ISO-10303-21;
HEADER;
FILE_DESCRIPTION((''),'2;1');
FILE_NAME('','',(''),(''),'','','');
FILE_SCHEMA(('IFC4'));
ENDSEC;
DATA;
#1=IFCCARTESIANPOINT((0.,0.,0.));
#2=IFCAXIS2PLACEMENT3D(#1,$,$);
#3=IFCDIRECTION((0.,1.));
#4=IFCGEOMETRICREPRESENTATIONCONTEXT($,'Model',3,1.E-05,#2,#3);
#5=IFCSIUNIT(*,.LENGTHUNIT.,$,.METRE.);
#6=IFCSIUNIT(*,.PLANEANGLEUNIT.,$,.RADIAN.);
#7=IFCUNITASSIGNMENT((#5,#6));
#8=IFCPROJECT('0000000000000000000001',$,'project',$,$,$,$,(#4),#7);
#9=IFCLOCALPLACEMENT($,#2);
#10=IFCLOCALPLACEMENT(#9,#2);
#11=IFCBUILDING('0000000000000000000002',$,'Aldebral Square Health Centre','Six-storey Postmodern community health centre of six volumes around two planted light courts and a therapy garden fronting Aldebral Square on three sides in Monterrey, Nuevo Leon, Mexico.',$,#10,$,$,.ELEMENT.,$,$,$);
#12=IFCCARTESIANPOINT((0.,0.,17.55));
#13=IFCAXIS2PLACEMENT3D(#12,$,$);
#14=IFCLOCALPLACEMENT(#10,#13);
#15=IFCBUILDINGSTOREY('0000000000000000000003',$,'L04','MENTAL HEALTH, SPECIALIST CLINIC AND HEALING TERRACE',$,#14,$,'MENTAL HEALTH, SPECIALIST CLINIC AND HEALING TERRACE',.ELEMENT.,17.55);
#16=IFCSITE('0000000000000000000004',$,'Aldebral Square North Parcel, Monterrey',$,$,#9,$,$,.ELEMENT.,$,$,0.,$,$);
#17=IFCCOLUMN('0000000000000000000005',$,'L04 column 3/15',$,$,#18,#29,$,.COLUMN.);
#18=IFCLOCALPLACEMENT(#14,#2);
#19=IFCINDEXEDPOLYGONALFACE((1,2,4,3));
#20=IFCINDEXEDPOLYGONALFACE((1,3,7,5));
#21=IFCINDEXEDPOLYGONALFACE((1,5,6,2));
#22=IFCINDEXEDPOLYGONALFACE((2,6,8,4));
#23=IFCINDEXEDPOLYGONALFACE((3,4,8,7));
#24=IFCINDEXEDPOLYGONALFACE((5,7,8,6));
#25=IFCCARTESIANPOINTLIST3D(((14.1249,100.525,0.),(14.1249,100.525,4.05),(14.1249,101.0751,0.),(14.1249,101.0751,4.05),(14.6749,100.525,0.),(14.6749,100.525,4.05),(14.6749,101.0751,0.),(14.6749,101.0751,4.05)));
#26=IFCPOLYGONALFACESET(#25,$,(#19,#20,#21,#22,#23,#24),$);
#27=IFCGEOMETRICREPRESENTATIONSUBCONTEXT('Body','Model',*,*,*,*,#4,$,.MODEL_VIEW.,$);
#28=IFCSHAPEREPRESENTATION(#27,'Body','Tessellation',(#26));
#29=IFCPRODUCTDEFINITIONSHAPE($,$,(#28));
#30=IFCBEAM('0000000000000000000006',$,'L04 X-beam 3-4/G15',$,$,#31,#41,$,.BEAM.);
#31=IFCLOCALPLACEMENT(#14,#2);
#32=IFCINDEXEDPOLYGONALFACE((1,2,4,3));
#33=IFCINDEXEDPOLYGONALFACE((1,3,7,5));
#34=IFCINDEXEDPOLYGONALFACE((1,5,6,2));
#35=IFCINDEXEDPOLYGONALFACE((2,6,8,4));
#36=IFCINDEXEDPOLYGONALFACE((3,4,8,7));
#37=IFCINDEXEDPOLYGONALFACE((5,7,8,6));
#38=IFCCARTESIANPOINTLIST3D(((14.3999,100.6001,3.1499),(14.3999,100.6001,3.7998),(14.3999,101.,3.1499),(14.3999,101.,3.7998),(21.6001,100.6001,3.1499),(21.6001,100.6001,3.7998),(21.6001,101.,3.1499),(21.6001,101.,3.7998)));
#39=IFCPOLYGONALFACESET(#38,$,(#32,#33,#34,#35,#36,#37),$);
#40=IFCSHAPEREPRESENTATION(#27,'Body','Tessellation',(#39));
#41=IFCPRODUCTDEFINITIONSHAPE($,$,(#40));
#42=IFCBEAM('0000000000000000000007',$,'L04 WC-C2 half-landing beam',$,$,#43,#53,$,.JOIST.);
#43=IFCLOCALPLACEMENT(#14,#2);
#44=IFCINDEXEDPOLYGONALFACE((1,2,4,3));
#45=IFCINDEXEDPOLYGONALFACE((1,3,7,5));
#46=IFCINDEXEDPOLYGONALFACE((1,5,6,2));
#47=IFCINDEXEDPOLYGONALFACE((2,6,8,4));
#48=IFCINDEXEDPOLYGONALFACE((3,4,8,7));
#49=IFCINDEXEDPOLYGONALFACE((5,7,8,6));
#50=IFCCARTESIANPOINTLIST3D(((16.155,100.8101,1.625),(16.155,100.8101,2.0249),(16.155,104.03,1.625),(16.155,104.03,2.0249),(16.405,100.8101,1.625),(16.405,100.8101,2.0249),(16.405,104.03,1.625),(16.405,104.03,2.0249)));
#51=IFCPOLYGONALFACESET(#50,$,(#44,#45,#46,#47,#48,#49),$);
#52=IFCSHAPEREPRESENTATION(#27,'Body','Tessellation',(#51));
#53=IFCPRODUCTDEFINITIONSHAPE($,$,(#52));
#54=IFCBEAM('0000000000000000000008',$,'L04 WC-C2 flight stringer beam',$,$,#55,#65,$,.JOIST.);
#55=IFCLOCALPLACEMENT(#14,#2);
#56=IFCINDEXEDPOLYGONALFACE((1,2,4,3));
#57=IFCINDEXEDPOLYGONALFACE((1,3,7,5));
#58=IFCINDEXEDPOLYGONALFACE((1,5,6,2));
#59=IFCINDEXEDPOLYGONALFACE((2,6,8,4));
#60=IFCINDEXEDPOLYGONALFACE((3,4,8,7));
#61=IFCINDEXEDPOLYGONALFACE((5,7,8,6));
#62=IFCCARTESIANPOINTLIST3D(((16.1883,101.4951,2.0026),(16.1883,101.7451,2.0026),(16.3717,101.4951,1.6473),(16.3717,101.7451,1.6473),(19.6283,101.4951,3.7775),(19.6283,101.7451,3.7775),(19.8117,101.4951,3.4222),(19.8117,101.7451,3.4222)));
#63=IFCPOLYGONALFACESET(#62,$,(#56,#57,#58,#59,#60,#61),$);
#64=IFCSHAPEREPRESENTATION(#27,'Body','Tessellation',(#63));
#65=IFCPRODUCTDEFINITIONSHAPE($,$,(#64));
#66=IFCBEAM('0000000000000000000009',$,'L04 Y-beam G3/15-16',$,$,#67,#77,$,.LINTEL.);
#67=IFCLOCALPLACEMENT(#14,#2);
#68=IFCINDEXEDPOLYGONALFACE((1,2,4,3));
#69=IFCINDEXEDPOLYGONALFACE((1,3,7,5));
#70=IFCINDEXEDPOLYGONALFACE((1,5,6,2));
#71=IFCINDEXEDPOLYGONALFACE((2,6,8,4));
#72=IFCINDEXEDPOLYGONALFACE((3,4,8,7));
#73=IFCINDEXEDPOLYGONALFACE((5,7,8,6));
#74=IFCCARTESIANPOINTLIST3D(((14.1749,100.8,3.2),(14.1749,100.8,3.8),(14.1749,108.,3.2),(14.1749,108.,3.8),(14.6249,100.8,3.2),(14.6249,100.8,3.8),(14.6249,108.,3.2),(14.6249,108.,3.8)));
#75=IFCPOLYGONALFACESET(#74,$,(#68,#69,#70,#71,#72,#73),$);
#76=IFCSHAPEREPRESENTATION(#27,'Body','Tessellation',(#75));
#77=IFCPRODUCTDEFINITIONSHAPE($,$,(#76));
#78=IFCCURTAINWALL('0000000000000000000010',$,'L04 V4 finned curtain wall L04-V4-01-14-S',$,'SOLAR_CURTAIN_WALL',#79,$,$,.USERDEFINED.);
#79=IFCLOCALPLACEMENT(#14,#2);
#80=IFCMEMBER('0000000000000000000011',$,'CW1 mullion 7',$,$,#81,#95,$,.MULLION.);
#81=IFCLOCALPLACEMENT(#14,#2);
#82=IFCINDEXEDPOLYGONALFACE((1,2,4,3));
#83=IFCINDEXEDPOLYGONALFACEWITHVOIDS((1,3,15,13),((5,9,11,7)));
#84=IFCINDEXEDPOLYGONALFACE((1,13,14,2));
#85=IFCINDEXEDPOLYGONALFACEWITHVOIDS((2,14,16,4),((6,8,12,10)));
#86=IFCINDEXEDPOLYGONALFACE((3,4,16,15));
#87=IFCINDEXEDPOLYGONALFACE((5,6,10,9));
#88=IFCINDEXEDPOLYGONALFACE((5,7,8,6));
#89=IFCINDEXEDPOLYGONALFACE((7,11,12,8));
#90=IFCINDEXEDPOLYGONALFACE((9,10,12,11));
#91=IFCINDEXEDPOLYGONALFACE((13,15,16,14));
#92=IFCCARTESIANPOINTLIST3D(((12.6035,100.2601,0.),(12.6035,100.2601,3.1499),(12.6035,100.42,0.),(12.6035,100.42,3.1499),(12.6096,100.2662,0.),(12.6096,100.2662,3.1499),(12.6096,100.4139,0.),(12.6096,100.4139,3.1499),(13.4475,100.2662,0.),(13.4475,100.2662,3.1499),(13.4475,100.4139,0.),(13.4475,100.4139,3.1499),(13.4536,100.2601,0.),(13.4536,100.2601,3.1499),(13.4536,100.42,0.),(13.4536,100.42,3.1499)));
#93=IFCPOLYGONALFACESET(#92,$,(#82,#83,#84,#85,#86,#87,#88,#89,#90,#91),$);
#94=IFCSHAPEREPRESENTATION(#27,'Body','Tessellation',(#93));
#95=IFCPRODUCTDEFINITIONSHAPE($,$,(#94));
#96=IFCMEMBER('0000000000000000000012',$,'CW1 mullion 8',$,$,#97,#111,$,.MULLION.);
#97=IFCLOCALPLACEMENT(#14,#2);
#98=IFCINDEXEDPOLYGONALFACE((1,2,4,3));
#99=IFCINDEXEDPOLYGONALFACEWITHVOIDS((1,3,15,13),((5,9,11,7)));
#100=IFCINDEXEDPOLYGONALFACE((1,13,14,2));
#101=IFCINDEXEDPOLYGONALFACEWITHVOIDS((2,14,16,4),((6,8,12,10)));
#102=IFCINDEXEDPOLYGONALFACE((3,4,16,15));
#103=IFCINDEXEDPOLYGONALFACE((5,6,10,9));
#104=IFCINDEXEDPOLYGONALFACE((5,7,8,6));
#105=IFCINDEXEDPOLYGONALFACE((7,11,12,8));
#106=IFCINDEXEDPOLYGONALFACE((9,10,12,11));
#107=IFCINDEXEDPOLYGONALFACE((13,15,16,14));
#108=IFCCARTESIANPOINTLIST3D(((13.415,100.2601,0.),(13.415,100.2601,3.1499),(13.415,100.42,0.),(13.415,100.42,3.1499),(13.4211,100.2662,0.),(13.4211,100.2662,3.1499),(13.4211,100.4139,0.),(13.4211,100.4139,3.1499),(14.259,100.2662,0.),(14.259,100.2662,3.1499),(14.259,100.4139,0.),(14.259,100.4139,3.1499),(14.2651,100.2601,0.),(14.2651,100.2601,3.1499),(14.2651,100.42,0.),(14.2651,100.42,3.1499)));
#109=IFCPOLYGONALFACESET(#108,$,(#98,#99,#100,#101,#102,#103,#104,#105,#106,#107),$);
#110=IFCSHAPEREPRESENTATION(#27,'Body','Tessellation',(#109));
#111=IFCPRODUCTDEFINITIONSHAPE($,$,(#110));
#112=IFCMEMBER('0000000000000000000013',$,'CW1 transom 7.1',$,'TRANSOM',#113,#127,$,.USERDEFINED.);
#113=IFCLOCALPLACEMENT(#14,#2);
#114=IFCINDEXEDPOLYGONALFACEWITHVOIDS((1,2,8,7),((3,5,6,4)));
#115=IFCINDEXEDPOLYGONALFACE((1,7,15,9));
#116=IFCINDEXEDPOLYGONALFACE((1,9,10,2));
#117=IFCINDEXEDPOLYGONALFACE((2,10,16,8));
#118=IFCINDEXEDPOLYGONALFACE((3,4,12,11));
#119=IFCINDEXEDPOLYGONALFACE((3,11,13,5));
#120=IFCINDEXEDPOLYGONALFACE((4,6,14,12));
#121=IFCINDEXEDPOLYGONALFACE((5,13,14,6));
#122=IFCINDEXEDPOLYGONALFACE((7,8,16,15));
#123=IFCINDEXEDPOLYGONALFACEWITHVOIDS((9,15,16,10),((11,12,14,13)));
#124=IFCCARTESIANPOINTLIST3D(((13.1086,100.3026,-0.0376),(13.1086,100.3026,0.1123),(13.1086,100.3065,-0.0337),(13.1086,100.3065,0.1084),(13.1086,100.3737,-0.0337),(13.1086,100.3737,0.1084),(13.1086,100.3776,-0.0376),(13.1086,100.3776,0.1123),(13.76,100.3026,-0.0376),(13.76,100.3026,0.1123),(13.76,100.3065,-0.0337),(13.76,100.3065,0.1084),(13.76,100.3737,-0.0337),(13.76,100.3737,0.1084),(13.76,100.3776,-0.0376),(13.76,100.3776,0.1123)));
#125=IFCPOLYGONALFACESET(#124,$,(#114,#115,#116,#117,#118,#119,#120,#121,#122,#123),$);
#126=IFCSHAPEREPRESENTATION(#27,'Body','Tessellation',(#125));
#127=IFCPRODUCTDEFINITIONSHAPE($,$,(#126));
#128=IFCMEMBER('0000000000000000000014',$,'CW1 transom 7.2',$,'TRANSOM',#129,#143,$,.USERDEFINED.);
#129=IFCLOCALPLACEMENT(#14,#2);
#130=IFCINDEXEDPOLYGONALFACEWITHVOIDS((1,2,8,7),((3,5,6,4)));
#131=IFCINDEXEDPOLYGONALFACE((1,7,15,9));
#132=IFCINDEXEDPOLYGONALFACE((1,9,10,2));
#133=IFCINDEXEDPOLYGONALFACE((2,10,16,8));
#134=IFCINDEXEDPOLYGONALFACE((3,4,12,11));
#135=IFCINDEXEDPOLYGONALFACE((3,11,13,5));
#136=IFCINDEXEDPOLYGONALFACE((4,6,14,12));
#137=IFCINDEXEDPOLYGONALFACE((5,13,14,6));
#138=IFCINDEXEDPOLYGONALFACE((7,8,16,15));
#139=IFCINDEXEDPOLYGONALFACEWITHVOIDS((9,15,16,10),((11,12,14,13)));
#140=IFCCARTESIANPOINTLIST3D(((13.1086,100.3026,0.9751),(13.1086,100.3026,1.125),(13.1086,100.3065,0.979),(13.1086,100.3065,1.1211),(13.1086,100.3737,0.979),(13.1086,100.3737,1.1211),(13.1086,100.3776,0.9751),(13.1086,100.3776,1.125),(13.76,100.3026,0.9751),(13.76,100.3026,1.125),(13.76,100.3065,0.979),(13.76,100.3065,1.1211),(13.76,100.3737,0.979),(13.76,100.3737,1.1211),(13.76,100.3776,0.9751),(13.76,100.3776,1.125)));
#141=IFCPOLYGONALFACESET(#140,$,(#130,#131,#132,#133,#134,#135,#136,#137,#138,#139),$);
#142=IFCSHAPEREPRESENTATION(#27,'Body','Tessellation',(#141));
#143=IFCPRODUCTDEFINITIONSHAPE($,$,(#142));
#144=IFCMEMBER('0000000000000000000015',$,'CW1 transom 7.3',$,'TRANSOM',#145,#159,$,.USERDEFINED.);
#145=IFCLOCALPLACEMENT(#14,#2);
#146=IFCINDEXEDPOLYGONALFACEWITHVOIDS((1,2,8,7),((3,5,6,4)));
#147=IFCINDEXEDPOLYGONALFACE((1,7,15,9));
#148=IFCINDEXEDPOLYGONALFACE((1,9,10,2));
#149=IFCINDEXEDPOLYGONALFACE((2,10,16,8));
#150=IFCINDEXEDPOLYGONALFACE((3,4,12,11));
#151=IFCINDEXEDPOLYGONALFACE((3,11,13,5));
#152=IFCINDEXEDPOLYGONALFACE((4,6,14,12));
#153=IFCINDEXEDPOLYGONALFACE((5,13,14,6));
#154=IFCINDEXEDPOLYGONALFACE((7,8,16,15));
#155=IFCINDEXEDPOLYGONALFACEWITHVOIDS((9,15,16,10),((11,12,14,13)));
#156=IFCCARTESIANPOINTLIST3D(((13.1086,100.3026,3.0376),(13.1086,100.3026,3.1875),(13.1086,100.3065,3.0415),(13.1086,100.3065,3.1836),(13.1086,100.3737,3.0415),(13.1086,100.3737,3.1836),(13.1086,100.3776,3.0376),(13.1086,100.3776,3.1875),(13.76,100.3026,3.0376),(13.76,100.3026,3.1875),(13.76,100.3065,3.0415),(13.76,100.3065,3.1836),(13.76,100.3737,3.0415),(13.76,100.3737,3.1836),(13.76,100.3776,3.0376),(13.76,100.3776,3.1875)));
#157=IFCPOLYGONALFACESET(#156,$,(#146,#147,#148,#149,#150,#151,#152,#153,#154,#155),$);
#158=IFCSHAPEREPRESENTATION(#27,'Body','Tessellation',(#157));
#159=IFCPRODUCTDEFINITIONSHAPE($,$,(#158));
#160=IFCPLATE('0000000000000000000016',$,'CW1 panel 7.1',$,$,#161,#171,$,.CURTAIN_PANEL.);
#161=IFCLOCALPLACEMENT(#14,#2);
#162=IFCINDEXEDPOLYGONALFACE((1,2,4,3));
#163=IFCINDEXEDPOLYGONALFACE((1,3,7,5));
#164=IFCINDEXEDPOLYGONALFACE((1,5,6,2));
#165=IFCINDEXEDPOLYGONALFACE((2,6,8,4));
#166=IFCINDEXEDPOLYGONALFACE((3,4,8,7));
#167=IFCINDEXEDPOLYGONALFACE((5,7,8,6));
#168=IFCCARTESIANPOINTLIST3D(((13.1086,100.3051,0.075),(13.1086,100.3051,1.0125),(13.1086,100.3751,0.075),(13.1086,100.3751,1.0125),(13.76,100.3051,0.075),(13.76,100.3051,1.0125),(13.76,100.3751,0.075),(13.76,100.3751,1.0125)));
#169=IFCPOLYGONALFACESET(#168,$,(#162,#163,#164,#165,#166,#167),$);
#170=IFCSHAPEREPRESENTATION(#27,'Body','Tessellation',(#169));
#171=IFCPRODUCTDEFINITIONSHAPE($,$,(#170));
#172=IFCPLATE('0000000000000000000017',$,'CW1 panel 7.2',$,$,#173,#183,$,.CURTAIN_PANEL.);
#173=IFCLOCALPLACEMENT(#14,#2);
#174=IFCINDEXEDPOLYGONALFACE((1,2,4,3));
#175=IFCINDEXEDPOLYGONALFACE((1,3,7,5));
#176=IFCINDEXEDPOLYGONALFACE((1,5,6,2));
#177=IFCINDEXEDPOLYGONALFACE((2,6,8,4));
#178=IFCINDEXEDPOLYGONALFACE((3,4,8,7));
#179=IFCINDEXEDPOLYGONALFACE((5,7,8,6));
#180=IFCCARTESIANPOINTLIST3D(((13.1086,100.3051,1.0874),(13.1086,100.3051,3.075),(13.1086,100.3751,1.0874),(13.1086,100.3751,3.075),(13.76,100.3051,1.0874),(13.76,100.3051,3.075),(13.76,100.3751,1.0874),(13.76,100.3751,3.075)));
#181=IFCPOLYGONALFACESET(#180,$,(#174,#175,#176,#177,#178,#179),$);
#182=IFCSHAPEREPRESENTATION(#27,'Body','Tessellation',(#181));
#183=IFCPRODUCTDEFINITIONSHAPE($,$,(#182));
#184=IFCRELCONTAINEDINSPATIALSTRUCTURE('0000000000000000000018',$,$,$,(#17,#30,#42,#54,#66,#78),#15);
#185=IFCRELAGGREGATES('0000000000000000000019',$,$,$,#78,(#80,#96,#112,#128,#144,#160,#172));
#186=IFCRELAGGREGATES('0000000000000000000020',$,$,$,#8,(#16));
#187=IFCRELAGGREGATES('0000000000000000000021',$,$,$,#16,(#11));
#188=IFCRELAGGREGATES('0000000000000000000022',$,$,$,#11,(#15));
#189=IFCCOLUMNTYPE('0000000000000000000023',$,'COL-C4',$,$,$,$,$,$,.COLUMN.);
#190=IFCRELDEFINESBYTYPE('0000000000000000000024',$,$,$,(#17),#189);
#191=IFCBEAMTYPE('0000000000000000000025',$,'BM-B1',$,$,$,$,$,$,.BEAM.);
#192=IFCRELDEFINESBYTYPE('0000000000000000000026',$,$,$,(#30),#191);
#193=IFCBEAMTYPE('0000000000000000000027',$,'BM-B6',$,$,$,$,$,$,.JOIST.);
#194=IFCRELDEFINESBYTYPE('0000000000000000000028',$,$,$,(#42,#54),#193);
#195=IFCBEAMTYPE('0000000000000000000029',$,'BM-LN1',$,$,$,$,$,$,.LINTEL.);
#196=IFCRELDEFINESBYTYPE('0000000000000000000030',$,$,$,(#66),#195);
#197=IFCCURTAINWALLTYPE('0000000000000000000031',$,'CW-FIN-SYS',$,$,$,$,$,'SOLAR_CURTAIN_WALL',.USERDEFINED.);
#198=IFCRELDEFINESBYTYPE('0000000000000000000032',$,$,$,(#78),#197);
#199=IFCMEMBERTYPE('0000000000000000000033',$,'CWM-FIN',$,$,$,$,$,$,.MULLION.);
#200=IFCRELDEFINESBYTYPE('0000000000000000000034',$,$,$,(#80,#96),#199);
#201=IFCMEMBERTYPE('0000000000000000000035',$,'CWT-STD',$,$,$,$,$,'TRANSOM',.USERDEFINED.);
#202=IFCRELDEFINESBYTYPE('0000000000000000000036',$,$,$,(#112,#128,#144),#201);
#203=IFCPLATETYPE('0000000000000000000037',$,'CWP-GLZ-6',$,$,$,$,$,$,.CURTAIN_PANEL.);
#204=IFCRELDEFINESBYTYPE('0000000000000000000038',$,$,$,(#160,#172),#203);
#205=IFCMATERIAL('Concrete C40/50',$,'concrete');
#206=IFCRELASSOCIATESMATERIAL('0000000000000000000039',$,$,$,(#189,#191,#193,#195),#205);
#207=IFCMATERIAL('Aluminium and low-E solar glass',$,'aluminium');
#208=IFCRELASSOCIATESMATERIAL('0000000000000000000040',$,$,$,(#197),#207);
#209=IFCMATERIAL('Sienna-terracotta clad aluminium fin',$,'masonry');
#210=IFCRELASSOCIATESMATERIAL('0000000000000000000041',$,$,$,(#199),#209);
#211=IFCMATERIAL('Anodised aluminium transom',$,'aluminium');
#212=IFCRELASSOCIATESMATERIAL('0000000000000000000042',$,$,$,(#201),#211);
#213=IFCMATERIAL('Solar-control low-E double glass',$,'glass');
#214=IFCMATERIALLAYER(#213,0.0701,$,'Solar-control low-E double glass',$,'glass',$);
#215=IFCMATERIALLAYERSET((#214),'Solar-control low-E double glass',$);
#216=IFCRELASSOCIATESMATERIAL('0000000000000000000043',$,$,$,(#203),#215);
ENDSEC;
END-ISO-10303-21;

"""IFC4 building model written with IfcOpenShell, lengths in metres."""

from ifc_helpers import new_model, si_unit, direction, frame, origin, origin_2d, place, context, subcontext, project, spatial, rectangle, hollow_rectangle, extrude, material, layer, layer_set, material_profile, profile_set, type_object, element, aggregate, save


model = new_model("IFC4")

# Units and contexts
model_context = context("Model", 3, precision=1e-05, world=origin(), true_north=direction((0.0, 1.0)))
body_context = subcontext(model_context, "Body", "Model", "MODEL_VIEW")
ifc_project = project(units=[si_unit("LENGTHUNIT", "METRE"), si_unit("PLANEANGLEUNIT", "RADIAN")], contexts=[model_context])

# Site, building, storey
site_placement = place(None, origin())
site = spatial("IfcSite", under=ifc_project, at=site_placement, Name="Aldebral Square North Parcel, Monterrey", CompositionType="ELEMENT", RefElevation=0.0)
building_placement = place(site_placement, origin())
building = spatial("IfcBuilding", under=site, at=building_placement, Name="Aldebral Square Health Centre", Description="Six-storey Postmodern community health centre of six volumes around two planted light courts and a therapy garden fronting Aldebral Square on three sides in Monterrey, Nuevo Leon, Mexico.", CompositionType="ELEMENT")
storey_placement = place(building_placement, frame((0.0, 0.0, 17.55)))
storey = spatial("IfcBuildingStorey", under=building, at=storey_placement, Name="L04", Description="MENTAL HEALTH, SPECIALIST CLINIC AND HEALING TERRACE", LongName="MENTAL HEALTH, SPECIALIST CLINIC AND HEALING TERRACE", CompositionType="ELEMENT", Elevation=17.55)

# Column
ifc_material_1 = material(Name="Concrete C40/50", Category="concrete")
ifc_material_profile_1 = material_profile(ifc_material_1, rectangle(XDim=0.55, YDim=0.55, at=origin_2d()), Name="RC 550x550")
ifc_profile_set_1 = profile_set([ifc_material_profile_1], Name="Concrete C40/50")
column_type = type_object("IfcColumnType", Name="COL-C4", PredefinedType="COLUMN", material=ifc_profile_set_1)
column_placement = place(storey_placement, frame((14.3999, 100.8, 0.0), z_axis=(0.0, 0.0, 1.0), x_axis=(1.0, 0.0, 0.0)))
element("IfcColumn", 1, at=column_placement, inside=storey, type_object=column_type, Name="L04 column 3/15", PredefinedType="COLUMN", context=body_context, shape_type="SweptSolid", body=[
    extrude(rectangle(XDim=0.55, YDim=0.55, at=origin_2d()), origin(), (0.0, 0.0, 1.0), 4.05),
])

# Beams
ifc_material_profile_2 = material_profile(ifc_material_1, rectangle(XDim=0.3999, YDim=0.6499, at=origin_2d()), Name="RC 400x650")
ifc_profile_set_2 = profile_set([ifc_material_profile_2], Name="Concrete C40/50")
beam_type_1 = type_object("IfcBeamType", Name="BM-B1", PredefinedType="BEAM", material=ifc_profile_set_2)
beam_1_placement = place(storey_placement, frame((14.3999, 100.8, 3.4749), z_axis=(1.0, 0.0, 0.0), x_axis=(0.0, 1.0, 0.0)))
element("IfcBeam", 2, at=beam_1_placement, inside=storey, type_object=beam_type_1, Name="L04 X-beam 3-4/G15", PredefinedType="BEAM", context=body_context, shape_type="SweptSolid", body=[
    extrude(rectangle(XDim=0.3999, YDim=0.6499, at=origin_2d()), origin(), (0.0, 0.0, 1.0), 7.2002),
])
ifc_material_profile_3 = material_profile(ifc_material_1, rectangle(XDim=0.25, YDim=0.3999, at=origin_2d()), Name="RC 250x400")
ifc_profile_set_3 = profile_set([ifc_material_profile_3], Name="Concrete C40/50")
beam_type_2 = type_object("IfcBeamType", Name="BM-B6", PredefinedType="JOIST", material=ifc_profile_set_3)
beam_2_placement = place(storey_placement, frame((16.28, 100.8101, 1.825), z_axis=(0.0, 1.0, 0.0), x_axis=(-1.0, 0.0, 0.0)))
element("IfcBeam", 3, at=beam_2_placement, inside=storey, type_object=beam_type_2, Name="L04 WC-C2 half-landing beam", PredefinedType="JOIST", context=body_context, shape_type="SweptSolid", body=[
    extrude(rectangle(XDim=0.25, YDim=0.3999, at=origin_2d()), origin(), (0.0, 0.0, 1.0), 3.22),
])
beam_3_placement = place(storey_placement, frame((16.28, 101.6201, 1.825), z_axis=(0.888679, 0.0, 0.45853), x_axis=(0.0, 1.0, 0.0)))
element("IfcBeam", 4, at=beam_3_placement, inside=storey, type_object=beam_type_2, Name="L04 WC-C2 flight stringer beam", PredefinedType="JOIST", context=body_context, shape_type="SweptSolid", body=[
    extrude(rectangle(XDim=0.25, YDim=0.3999, at=origin_2d()), origin(), (0.0, 0.0, 1.0), 3.8708),
])
ifc_material_profile_4 = material_profile(ifc_material_1, rectangle(XDim=0.45, YDim=0.6001, at=origin_2d()), Name="RC 450x600")
ifc_profile_set_4 = profile_set([ifc_material_profile_4], Name="Concrete C40/50")
beam_type_3 = type_object("IfcBeamType", Name="BM-LN1", PredefinedType="LINTEL", material=ifc_profile_set_4)
beam_4_placement = place(storey_placement, frame((14.3999, 100.8, 3.5), z_axis=(0.0, 1.0, 0.0), x_axis=(-1.0, 0.0, 0.0)))
element("IfcBeam", 5, at=beam_4_placement, inside=storey, type_object=beam_type_3, Name="L04 Y-beam G3/15-16", PredefinedType="LINTEL", context=body_context, shape_type="SweptSolid", body=[
    extrude(rectangle(XDim=0.45, YDim=0.6001, at=origin_2d()), origin(), (0.0, 0.0, 1.0), 7.2),
])

# Curtain wall, members, plates
ifc_material_2 = material(Name="Aluminium and low-E solar glass", Category="aluminium")
curtain_wall_type = type_object("IfcCurtainWallType", Name="CW-FIN-SYS", ElementType="SOLAR_CURTAIN_WALL", PredefinedType="USERDEFINED", material=ifc_material_2)
curtain_wall_placement = place(storey_placement, origin())
curtain_wall = element("IfcCurtainWall", 6, at=curtain_wall_placement, inside=storey, type_object=curtain_wall_type, Name="L04 V4 finned curtain wall L04-V4-01-14-S", ObjectType="SOLAR_CURTAIN_WALL", PredefinedType="USERDEFINED")
ifc_material_3 = material(Name="Sienna-terracotta clad aluminium fin", Category="masonry")
ifc_material_profile_5 = material_profile(ifc_material_3, hollow_rectangle(XDim=0.1599, YDim=0.8501, WallThickness=0.0061, at=origin_2d()), Name="FIN 160x850x6")
ifc_profile_set_5 = profile_set([ifc_material_profile_5], Name="Sienna-terracotta clad aluminium fin")
member_type_1 = type_object("IfcMemberType", Name="CWM-FIN", PredefinedType="MULLION", material=ifc_profile_set_5)
member_1_placement = place(storey_placement, frame((13.0286, 100.3401, 0.0), z_axis=(0.0, 0.0, 1.0), x_axis=(0.0, 1.0, 0.0)))
member_1 = element("IfcMember", 7, at=member_1_placement, type_object=member_type_1, Name="CW1 mullion 7", PredefinedType="MULLION", context=body_context, shape_type="SweptSolid", body=[
    extrude(hollow_rectangle(XDim=0.1599, YDim=0.8501, WallThickness=0.0061, at=origin_2d()), origin(), (0.0, 0.0, 1.0), 3.1499),
])
member_2_placement = place(storey_placement, frame((13.8401, 100.3401, 0.0), z_axis=(0.0, 0.0, 1.0), x_axis=(0.0, 1.0, 0.0)))
member_2 = element("IfcMember", 8, at=member_2_placement, type_object=member_type_1, Name="CW1 mullion 8", PredefinedType="MULLION", context=body_context, shape_type="SweptSolid", body=[
    extrude(hollow_rectangle(XDim=0.1599, YDim=0.8501, WallThickness=0.0061, at=origin_2d()), origin(), (0.0, 0.0, 1.0), 3.1499),
])
ifc_material_4 = material(Name="Anodised aluminium transom", Category="aluminium")
ifc_material_profile_6 = material_profile(ifc_material_4, hollow_rectangle(XDim=0.075, YDim=0.1499, WallThickness=0.0039, at=origin_2d()), Name="CWT 75x150x4")
ifc_profile_set_6 = profile_set([ifc_material_profile_6], Name="Anodised aluminium transom")
member_type_2 = type_object("IfcMemberType", Name="CWT-STD", ElementType="TRANSOM", PredefinedType="USERDEFINED", material=ifc_profile_set_6)
member_3_placement = place(storey_placement, frame((13.1086, 100.3401, 0.0374), z_axis=(1.0, 0.0, 0.0), x_axis=(0.0, 1.0, 0.0)))
member_3 = element("IfcMember", 9, at=member_3_placement, type_object=member_type_2, Name="CW1 transom 7.1", ObjectType="TRANSOM", PredefinedType="USERDEFINED", context=body_context, shape_type="SweptSolid", body=[
    extrude(hollow_rectangle(XDim=0.075, YDim=0.1499, WallThickness=0.0039, at=origin_2d()), origin(), (0.0, 0.0, 1.0), 0.6514),
])
member_4_placement = place(storey_placement, frame((13.1086, 100.3401, 1.05), z_axis=(1.0, 0.0, 0.0), x_axis=(0.0, 1.0, 0.0)))
member_4 = element("IfcMember", 10, at=member_4_placement, type_object=member_type_2, Name="CW1 transom 7.2", ObjectType="TRANSOM", PredefinedType="USERDEFINED", context=body_context, shape_type="SweptSolid", body=[
    extrude(hollow_rectangle(XDim=0.075, YDim=0.1499, WallThickness=0.0039, at=origin_2d()), origin(), (0.0, 0.0, 1.0), 0.6514),
])
member_5_placement = place(storey_placement, frame((13.1086, 100.3401, 3.1125), z_axis=(1.0, 0.0, 0.0), x_axis=(0.0, 1.0, 0.0)))
member_5 = element("IfcMember", 11, at=member_5_placement, type_object=member_type_2, Name="CW1 transom 7.3", ObjectType="TRANSOM", PredefinedType="USERDEFINED", context=body_context, shape_type="SweptSolid", body=[
    extrude(hollow_rectangle(XDim=0.075, YDim=0.1499, WallThickness=0.0039, at=origin_2d()), origin(), (0.0, 0.0, 1.0), 0.6514),
])
ifc_material_5 = material(Name="Solar-control low-E double glass", Category="glass")
ifc_layer_1 = layer(ifc_material_5, 0.0701, Name="Solar-control low-E double glass", Category="glass")
ifc_layer_set_1 = layer_set([ifc_layer_1], Name="Solar-control low-E double glass")
plate_type = type_object("IfcPlateType", Name="CWP-GLZ-6", PredefinedType="CURTAIN_PANEL", material=ifc_layer_set_1)
plate_1_placement = place(storey_placement, frame((13.4343, 100.3401, 0.075), z_axis=(0.0, 0.0, 1.0), x_axis=(1.0, 0.0, 0.0)))
plate_1 = element("IfcPlate", 12, at=plate_1_placement, type_object=plate_type, Name="CW1 panel 7.1", PredefinedType="CURTAIN_PANEL", context=body_context, shape_type="SweptSolid", body=[
    extrude(rectangle(XDim=0.6514, YDim=0.0701, at=origin_2d()), origin(), (0.0, 0.0, 1.0), 0.9375),
])
plate_2_placement = place(storey_placement, frame((13.4343, 100.3401, 1.0874), z_axis=(0.0, 0.0, 1.0), x_axis=(1.0, 0.0, 0.0)))
plate_2 = element("IfcPlate", 13, at=plate_2_placement, type_object=plate_type, Name="CW1 panel 7.2", PredefinedType="CURTAIN_PANEL", context=body_context, shape_type="SweptSolid", body=[
    extrude(rectangle(XDim=0.6514, YDim=0.0701, at=origin_2d()), origin(), (0.0, 0.0, 1.0), 1.9875),
])
aggregate(curtain_wall, [member_1, member_2, member_3, member_4, member_5, plate_1, plate_2])

save(model, "model.ifc")
